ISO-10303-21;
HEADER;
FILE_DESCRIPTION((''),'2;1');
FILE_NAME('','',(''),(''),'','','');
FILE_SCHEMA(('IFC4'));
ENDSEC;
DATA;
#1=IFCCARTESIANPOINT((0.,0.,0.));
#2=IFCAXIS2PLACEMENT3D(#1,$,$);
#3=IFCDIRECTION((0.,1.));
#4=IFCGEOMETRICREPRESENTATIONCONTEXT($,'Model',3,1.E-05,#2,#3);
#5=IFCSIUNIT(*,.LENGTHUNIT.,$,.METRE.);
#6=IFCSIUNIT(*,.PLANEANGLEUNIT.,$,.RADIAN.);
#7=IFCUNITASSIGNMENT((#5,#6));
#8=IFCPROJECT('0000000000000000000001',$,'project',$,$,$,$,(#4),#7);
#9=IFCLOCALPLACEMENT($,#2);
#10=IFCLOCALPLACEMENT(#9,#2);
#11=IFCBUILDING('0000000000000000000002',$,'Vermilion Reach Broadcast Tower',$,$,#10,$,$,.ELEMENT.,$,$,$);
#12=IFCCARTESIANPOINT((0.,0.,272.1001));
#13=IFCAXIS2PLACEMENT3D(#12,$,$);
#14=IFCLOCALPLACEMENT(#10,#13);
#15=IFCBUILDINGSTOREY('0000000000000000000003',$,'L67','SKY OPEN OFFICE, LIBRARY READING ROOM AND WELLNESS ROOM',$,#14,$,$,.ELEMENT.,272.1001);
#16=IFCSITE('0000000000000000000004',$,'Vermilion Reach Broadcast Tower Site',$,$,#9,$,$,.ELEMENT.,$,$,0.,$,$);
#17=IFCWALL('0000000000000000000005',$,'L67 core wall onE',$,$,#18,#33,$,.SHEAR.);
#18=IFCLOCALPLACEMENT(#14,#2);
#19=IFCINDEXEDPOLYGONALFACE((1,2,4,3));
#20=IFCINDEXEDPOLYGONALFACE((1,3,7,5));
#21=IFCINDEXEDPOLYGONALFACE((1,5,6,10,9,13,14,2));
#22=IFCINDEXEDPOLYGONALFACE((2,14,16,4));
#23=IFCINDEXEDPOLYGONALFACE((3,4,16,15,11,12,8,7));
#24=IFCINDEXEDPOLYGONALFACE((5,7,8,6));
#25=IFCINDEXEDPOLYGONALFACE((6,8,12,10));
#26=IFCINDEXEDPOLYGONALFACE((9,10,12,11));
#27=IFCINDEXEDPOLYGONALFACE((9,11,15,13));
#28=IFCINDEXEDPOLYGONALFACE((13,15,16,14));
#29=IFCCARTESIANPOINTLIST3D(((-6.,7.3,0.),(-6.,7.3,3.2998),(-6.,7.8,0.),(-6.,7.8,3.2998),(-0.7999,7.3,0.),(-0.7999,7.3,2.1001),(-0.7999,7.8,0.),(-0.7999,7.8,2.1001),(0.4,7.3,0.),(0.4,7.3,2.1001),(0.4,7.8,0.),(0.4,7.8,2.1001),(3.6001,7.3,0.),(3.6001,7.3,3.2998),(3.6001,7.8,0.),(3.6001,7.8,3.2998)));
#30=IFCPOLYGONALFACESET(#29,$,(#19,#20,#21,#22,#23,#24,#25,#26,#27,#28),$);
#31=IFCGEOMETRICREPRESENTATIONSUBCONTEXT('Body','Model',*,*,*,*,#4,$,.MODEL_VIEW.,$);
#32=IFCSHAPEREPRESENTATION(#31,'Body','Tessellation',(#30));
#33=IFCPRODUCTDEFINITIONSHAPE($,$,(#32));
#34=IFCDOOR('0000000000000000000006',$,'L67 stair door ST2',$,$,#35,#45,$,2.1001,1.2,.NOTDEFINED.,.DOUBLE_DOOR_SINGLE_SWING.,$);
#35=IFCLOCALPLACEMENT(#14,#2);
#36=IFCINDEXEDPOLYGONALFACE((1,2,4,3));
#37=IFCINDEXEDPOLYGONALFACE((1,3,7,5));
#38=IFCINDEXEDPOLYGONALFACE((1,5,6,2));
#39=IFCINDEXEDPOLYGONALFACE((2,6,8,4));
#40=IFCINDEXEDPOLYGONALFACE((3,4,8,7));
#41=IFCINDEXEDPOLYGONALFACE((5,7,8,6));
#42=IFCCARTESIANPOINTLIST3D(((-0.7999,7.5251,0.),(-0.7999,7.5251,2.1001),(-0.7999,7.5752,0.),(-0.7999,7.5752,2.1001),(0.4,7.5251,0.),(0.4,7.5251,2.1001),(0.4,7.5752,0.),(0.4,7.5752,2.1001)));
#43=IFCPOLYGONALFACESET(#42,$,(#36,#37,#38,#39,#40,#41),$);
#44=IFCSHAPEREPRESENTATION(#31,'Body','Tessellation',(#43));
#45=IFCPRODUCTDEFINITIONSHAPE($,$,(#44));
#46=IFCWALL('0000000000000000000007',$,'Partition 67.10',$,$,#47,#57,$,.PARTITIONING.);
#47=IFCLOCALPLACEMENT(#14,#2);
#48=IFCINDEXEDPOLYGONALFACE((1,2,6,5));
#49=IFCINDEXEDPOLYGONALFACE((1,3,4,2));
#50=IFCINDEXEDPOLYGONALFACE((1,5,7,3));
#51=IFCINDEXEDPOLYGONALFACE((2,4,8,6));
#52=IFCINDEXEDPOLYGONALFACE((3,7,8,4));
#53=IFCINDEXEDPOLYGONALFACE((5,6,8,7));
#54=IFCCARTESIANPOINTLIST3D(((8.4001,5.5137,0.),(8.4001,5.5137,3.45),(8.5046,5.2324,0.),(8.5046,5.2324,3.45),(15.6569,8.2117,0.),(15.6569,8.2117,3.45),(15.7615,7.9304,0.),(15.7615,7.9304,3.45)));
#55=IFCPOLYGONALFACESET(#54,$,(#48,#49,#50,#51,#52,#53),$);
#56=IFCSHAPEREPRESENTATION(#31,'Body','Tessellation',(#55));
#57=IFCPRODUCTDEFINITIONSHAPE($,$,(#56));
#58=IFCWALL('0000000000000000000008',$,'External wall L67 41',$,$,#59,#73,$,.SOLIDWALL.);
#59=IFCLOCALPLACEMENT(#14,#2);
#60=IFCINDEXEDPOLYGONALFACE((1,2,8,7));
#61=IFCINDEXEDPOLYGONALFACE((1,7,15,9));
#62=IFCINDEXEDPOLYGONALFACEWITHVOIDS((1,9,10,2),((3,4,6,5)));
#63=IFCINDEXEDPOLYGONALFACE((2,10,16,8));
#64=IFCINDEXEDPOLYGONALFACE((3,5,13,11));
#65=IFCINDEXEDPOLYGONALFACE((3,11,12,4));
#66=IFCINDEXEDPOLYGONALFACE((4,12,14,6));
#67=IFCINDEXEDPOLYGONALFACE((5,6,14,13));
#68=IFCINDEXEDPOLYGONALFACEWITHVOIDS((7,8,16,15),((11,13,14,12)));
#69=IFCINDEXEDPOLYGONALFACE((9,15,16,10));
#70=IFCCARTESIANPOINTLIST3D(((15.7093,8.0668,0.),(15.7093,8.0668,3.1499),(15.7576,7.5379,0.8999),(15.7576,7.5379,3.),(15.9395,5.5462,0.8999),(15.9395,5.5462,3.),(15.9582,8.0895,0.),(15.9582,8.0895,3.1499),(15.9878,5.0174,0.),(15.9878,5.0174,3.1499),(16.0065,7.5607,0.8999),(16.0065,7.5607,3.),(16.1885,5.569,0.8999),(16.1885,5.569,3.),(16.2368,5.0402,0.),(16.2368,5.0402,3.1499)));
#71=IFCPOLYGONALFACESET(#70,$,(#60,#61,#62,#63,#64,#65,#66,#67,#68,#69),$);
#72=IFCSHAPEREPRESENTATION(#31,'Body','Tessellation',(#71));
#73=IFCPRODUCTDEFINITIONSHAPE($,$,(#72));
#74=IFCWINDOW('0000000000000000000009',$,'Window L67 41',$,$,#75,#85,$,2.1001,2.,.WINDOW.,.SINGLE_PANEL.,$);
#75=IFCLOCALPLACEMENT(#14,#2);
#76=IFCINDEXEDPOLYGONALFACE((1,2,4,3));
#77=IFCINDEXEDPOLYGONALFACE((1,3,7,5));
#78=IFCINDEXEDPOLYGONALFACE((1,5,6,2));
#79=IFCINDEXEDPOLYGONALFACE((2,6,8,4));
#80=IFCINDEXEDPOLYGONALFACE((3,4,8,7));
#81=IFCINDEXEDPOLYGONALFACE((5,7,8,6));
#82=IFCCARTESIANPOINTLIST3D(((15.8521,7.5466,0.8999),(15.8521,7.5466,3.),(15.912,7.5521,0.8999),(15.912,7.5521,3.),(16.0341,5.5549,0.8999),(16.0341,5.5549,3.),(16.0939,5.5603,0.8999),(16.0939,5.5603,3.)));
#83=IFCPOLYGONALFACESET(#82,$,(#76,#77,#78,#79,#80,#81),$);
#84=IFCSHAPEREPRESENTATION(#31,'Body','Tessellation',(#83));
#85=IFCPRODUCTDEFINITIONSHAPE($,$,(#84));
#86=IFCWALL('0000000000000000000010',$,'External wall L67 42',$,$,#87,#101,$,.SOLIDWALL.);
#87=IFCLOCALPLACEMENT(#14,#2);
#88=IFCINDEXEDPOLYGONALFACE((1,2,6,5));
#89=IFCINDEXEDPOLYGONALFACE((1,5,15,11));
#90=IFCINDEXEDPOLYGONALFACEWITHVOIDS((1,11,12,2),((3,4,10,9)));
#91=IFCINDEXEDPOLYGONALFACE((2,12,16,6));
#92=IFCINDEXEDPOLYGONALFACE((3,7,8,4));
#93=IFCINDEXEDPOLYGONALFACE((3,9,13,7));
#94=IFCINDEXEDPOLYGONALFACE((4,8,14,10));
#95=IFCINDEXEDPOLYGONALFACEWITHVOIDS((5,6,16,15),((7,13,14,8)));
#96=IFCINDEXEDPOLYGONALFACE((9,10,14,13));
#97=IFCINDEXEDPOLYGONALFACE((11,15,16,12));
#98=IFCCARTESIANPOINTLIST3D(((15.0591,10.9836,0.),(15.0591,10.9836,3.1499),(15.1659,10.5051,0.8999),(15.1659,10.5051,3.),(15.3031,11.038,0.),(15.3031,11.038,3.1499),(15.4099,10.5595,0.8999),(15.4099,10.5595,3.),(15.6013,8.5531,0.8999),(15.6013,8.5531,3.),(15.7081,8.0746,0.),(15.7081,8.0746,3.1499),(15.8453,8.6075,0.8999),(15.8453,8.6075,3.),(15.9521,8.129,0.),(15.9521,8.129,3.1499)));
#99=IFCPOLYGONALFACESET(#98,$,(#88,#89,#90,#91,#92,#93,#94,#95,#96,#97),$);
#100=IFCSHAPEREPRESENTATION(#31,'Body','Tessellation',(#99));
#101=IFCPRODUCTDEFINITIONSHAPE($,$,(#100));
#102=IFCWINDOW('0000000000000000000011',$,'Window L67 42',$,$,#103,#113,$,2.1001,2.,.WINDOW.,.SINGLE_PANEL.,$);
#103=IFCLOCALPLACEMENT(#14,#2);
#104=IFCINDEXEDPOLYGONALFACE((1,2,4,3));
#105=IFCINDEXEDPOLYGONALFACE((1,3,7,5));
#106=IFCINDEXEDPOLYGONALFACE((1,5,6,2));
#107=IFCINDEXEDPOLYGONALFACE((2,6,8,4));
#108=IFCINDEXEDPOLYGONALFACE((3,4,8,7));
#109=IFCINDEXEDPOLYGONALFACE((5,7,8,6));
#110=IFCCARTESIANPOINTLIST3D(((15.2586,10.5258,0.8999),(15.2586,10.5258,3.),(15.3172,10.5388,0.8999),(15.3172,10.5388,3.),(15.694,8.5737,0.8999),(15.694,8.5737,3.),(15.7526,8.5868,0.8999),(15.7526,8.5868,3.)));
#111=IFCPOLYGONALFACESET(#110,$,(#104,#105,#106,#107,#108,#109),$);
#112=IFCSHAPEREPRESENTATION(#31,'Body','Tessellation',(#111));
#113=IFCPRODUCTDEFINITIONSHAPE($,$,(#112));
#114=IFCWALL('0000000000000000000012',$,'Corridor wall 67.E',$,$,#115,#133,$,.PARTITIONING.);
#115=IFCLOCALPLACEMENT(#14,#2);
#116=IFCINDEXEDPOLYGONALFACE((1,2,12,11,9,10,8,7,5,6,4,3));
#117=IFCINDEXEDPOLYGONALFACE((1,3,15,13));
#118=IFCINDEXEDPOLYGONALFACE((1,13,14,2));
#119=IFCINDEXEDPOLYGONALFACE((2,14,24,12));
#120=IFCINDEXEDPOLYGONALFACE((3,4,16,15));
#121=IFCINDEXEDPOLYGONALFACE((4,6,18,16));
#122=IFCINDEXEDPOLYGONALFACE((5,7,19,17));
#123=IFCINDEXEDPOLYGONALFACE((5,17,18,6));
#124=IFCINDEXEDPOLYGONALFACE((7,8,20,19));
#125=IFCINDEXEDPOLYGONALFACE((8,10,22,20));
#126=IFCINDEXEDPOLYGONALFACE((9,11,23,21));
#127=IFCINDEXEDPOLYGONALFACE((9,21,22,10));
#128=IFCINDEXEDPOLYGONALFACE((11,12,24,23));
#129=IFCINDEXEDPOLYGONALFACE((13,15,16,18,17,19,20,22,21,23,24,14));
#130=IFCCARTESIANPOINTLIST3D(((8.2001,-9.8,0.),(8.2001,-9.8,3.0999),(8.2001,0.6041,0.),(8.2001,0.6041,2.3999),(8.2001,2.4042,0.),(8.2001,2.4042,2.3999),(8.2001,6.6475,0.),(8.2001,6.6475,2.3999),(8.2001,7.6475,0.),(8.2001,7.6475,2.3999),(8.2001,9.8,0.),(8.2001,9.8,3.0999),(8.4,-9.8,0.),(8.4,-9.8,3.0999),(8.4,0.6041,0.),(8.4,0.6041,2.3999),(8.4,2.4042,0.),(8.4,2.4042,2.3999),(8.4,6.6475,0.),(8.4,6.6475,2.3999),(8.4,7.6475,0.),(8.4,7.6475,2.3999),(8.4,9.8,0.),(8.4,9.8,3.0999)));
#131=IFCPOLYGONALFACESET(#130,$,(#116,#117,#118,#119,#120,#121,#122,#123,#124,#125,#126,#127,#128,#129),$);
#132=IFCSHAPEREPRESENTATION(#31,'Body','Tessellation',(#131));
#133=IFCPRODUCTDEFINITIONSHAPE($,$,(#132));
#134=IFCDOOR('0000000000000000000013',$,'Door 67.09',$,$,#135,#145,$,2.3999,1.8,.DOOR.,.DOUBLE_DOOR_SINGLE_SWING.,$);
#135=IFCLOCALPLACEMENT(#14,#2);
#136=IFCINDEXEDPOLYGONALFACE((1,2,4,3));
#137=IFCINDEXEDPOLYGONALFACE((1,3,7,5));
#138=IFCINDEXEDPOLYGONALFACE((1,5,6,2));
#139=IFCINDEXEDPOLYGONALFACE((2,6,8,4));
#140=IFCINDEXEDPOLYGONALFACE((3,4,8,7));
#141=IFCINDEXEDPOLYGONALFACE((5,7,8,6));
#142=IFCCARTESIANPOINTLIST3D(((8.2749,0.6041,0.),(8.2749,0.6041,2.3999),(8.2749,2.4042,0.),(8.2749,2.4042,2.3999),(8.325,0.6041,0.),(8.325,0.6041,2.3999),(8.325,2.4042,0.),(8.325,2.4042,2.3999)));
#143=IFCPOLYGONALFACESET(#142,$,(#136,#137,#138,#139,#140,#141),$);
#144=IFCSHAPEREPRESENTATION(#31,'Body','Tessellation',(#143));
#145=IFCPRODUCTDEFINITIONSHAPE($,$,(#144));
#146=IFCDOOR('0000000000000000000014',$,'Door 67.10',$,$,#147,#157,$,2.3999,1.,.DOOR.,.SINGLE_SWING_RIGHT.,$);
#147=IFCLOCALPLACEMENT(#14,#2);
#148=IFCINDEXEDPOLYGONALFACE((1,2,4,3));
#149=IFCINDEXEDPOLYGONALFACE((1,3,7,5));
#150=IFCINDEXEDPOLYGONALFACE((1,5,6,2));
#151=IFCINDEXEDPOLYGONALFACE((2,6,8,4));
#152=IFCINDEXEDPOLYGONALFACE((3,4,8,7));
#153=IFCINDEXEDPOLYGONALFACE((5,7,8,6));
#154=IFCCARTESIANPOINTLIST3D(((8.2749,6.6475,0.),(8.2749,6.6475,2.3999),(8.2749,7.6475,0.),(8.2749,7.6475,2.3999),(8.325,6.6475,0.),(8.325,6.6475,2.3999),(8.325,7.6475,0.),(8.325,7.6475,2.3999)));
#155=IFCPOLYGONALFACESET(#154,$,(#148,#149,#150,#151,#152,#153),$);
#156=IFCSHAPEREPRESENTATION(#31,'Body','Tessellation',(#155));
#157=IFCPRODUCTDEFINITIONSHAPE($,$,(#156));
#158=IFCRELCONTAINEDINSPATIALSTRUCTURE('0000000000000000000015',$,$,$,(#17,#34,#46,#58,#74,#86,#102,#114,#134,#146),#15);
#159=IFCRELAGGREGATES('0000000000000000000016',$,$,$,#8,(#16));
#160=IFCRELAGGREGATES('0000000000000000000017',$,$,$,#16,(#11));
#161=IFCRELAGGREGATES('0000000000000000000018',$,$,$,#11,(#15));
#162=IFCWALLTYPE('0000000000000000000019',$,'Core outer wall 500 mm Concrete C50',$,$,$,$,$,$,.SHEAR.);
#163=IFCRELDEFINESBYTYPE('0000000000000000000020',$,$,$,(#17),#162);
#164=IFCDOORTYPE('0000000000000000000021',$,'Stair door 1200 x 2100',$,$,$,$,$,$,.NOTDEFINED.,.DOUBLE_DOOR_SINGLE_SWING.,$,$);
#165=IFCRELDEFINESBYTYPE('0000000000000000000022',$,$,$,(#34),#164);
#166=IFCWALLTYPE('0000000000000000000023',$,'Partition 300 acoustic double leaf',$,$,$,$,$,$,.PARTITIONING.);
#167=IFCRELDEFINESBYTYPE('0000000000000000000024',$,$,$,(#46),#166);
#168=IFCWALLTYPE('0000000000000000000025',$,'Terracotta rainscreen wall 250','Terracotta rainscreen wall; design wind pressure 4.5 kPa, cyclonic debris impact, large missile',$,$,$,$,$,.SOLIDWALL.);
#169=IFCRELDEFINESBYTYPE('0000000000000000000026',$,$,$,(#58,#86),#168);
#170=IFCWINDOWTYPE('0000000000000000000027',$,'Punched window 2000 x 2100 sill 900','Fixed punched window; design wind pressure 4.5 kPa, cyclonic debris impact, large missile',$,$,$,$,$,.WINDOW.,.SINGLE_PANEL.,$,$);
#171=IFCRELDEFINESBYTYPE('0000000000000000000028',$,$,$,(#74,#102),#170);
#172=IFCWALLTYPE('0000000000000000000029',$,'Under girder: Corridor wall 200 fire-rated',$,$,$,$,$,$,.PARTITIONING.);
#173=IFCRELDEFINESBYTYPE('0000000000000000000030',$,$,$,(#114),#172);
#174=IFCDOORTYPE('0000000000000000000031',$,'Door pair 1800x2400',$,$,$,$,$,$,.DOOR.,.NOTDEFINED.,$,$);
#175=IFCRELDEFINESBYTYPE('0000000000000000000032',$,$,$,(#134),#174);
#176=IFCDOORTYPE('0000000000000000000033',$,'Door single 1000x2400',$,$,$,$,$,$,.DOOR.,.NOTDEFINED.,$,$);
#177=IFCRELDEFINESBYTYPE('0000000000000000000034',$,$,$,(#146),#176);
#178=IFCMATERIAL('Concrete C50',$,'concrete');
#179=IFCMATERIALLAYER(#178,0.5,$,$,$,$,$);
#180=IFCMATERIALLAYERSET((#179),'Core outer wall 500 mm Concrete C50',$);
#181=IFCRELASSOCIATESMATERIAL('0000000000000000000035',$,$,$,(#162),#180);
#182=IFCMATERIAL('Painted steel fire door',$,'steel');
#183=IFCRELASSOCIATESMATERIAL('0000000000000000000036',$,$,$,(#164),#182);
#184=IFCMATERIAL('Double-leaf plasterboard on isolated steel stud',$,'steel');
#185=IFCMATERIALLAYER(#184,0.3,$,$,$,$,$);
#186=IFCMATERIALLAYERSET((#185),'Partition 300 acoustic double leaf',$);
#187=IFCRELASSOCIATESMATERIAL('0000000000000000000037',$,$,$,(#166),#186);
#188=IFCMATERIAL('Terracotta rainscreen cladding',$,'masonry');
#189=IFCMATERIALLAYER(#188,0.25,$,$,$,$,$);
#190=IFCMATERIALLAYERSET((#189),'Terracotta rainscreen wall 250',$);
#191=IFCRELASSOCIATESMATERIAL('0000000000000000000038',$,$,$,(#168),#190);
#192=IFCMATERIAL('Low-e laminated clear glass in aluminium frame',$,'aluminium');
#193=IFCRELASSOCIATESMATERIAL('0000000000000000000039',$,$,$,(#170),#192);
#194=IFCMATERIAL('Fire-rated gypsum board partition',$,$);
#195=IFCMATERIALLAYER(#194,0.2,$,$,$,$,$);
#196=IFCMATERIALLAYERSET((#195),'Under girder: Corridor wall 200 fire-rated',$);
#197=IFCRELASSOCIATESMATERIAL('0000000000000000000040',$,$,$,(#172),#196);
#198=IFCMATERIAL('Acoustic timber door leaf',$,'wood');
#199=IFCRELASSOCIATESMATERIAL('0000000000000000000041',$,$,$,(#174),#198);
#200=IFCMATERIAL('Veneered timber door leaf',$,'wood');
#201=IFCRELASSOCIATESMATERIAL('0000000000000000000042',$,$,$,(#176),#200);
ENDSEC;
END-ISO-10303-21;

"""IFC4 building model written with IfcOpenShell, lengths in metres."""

from ifc_helpers import new_model, si_unit, direction, frame, frame_2d, origin, place, context, subcontext, project, spatial, rectangle, extrude, material, layer, layer_set, type_object, element, fill, save


model = new_model("IFC4")

# Units and contexts
model_context = context("Model", 3, precision=1e-05, world=origin(), true_north=direction((0.0, 1.0)))
body_context = subcontext(model_context, "Body", "Model", "MODEL_VIEW")
ifc_project = project(units=[si_unit("LENGTHUNIT", "METRE"), si_unit("PLANEANGLEUNIT", "RADIAN")], contexts=[model_context])

# Site, building, storey
site_placement = place(None, origin())
site = spatial("IfcSite", under=ifc_project, at=site_placement, Name="Vermilion Reach Broadcast Tower Site", CompositionType="ELEMENT", RefElevation=0.0)
building_placement = place(site_placement, origin())
building = spatial("IfcBuilding", under=site, at=building_placement, Name="Vermilion Reach Broadcast Tower", CompositionType="ELEMENT")
storey_placement = place(building_placement, frame((0.0, 0.0, 272.1001)))
storey = spatial("IfcBuildingStorey", under=building, at=storey_placement, Name="L67", Description="SKY OPEN OFFICE, LIBRARY READING ROOM AND WELLNESS ROOM", CompositionType="ELEMENT", Elevation=272.1001)

# Wall, opening, door
ifc_material_1 = material(Name="Concrete C50", Category="concrete")
ifc_layer_1 = layer(ifc_material_1, 0.5)
ifc_layer_set_1 = layer_set([ifc_layer_1], Name="Core outer wall 500 mm Concrete C50")
wall_type_1 = type_object("IfcWallType", Name="Core outer wall 500 mm Concrete C50", PredefinedType="SHEAR", material=ifc_layer_set_1)
wall_1_placement = place(storey_placement, frame((3.6001, 7.55, 0.0), z_axis=(0.0, 0.0, 1.0), x_axis=(-1.0, 0.0, 0.0)))
wall_1 = element("IfcWall", 1, at=wall_1_placement, inside=storey, type_object=wall_type_1, Name="L67 core wall onE", PredefinedType="SHEAR", context=body_context, shape_type="SweptSolid", body=[
    extrude(rectangle(XDim=9.6001, YDim=0.5, at=frame_2d((4.8, 0.0))), origin(), (0.0, 0.0, 1.0), 3.2998),
])
opening_1_placement = place(wall_1_placement, frame((3.2, 0.0, 0.0)))
opening_1 = element("IfcOpeningElement", 2, at=opening_1_placement, cuts=wall_1, PredefinedType="OPENING", context=body_context, shape_type="SweptSolid", body=[
    extrude(rectangle(XDim=1.2, YDim=2.1001, at=frame_2d((0.6001, 1.05))), frame((0.0, 0.26, 0.0), z_axis=(0.0, -1.0, 0.0), x_axis=(1.0, 0.0, 0.0)), (0.0, 0.0, 1.0), 0.52),
])
ifc_material_2 = material(Name="Painted steel fire door", Category="steel")
door_type_1 = type_object("IfcDoorType", Name="Stair door 1200 x 2100", OperationType="DOUBLE_DOOR_SINGLE_SWING", PredefinedType="NOTDEFINED", material=ifc_material_2)
door_1_placement = place(opening_1_placement, origin())
door_1 = element("IfcDoor", 3, at=door_1_placement, inside=storey, type_object=door_type_1, Name="L67 stair door ST2", OperationType="DOUBLE_DOOR_SINGLE_SWING", OverallHeight=2.1001, OverallWidth=1.2, PredefinedType="NOTDEFINED", context=body_context, shape_type="SweptSolid", body=[
    extrude(rectangle(XDim=1.2, YDim=2.1001, at=frame_2d((0.6001, 1.05))), frame((0.0, 0.0249, 0.0), z_axis=(0.0, -1.0, 0.0), x_axis=(1.0, 0.0, 0.0)), (0.0, 0.0, 1.0), 0.05),
])
fill(opening_1, door_1)

# Wall
ifc_material_3 = material(Name="Double-leaf plasterboard on isolated steel stud", Category="steel")
ifc_layer_2 = layer(ifc_material_3, 0.3)
ifc_layer_set_2 = layer_set([ifc_layer_2], Name="Partition 300 acoustic double leaf")
wall_type_2 = type_object("IfcWallType", Name="Partition 300 acoustic double leaf", PredefinedType="PARTITIONING", material=ifc_layer_set_2)
wall_2_placement = place(storey_placement, frame((15.7092, 8.071, 0.0), z_axis=(0.0, 0.0, 1.0), x_axis=(-0.937316, -0.348482, 0.0)))
element("IfcWall", 4, at=wall_2_placement, inside=storey, type_object=wall_type_2, Name="Partition 67.10", PredefinedType="PARTITIONING", context=body_context, shape_type="SweptSolid", body=[
    extrude(rectangle(XDim=7.7422, YDim=0.3, at=frame_2d((3.8711, 0.0))), origin(), (0.0, 0.0, 1.0), 3.45),
])

# Shared definitions
ifc_material_4 = material(Name="Terracotta rainscreen cladding", Category="masonry")
ifc_layer_3 = layer(ifc_material_4, 0.25)
ifc_layer_set_3 = layer_set([ifc_layer_3], Name="Terracotta rainscreen wall 250")
wall_type_3 = type_object("IfcWallType", Name="Terracotta rainscreen wall 250", Description="Terracotta rainscreen wall; design wind pressure 4.5 kPa, cyclonic debris impact, large missile", PredefinedType="SOLIDWALL", material=ifc_layer_set_3)

# Walls, openings, windows
wall_3_placement = place(storey_placement, frame((16.1123, 5.0288, 0.0), z_axis=(0.0, 0.0, 1.0), x_axis=(-0.090974, 0.995853, 0.0)))
wall_3 = element("IfcWall", 5, at=wall_3_placement, inside=storey, type_object=wall_type_3, Name="External wall L67 41", PredefinedType="SOLIDWALL", context=body_context, shape_type="SweptSolid", body=[
    extrude(rectangle(XDim=3.062, YDim=0.25, at=frame_2d((1.531, 0.0))), origin(), (0.0, 0.0, 1.0), 3.1499),
])
opening_2_placement = place(wall_3_placement, frame((0.531, 0.0, 0.8999)))
opening_2 = element("IfcOpeningElement", 6, at=opening_2_placement, cuts=wall_3, PredefinedType="OPENING", context=body_context, shape_type="SweptSolid", body=[
    extrude(rectangle(XDim=2.0, YDim=2.1001, at=frame_2d((1.0, 1.05))), frame((0.0, 0.135, 0.0), z_axis=(0.0, -1.0, 0.0), x_axis=(1.0, 0.0, 0.0)), (0.0, 0.0, 1.0), 0.27),
])
ifc_material_5 = material(Name="Low-e laminated clear glass in aluminium frame", Category="aluminium")
window_type = type_object("IfcWindowType", Name="Punched window 2000 x 2100 sill 900", Description="Fixed punched window; design wind pressure 4.5 kPa, cyclonic debris impact, large missile", PartitioningType="SINGLE_PANEL", PredefinedType="WINDOW", material=ifc_material_5)
window_1_placement = place(opening_2_placement, origin())
window_1 = element("IfcWindow", 7, at=window_1_placement, inside=storey, type_object=window_type, Name="Window L67 41", OverallHeight=2.1001, OverallWidth=2.0, PartitioningType="SINGLE_PANEL", PredefinedType="WINDOW", context=body_context, shape_type="SweptSolid", body=[
    extrude(rectangle(XDim=2.0, YDim=2.1001, at=frame_2d((1.0, 1.05))), frame((0.0, 0.03, 0.0), z_axis=(0.0, -1.0, 0.0), x_axis=(1.0, 0.0, 0.0)), (0.0, 0.0, 1.0), 0.0601),
])
fill(opening_2, window_1)
wall_4_placement = place(storey_placement, frame((15.8301, 8.1018, 0.0), z_axis=(0.0, 0.0, 1.0), x_axis=(-0.217728, 0.976009, 0.0)))
wall_4 = element("IfcWall", 8, at=wall_4_placement, inside=storey, type_object=wall_type_3, Name="External wall L67 42", PredefinedType="SOLIDWALL", context=body_context, shape_type="SweptSolid", body=[
    extrude(rectangle(XDim=2.9805, YDim=0.25, at=frame_2d((1.4902, 0.0))), origin(), (0.0, 0.0, 1.0), 3.1499),
])
opening_3_placement = place(wall_4_placement, frame((0.4902, 0.0, 0.8999)))
opening_3 = element("IfcOpeningElement", 9, at=opening_3_placement, cuts=wall_4, PredefinedType="OPENING", context=body_context, shape_type="SweptSolid", body=[
    extrude(rectangle(XDim=2.0, YDim=2.1001, at=frame_2d((1.0, 1.05))), frame((0.0, 0.135, 0.0), z_axis=(0.0, -1.0, 0.0), x_axis=(1.0, 0.0, 0.0)), (0.0, 0.0, 1.0), 0.27),
])
window_2_placement = place(opening_3_placement, origin())
window_2 = element("IfcWindow", 10, at=window_2_placement, inside=storey, type_object=window_type, Name="Window L67 42", OverallHeight=2.1001, OverallWidth=2.0, PartitioningType="SINGLE_PANEL", PredefinedType="WINDOW", context=body_context, shape_type="SweptSolid", body=[
    extrude(rectangle(XDim=2.0, YDim=2.1001, at=frame_2d((1.0, 1.05))), frame((0.0, 0.03, 0.0), z_axis=(0.0, -1.0, 0.0), x_axis=(1.0, 0.0, 0.0)), (0.0, 0.0, 1.0), 0.0601),
])
fill(opening_3, window_2)

# Wall, openings, doors
ifc_material_6 = material(Name="Fire-rated gypsum board partition")
ifc_layer_4 = layer(ifc_material_6, 0.2)
ifc_layer_set_4 = layer_set([ifc_layer_4], Name="Under girder: Corridor wall 200 fire-rated")
wall_type_4 = type_object("IfcWallType", Name="Under girder: Corridor wall 200 fire-rated", PredefinedType="PARTITIONING", material=ifc_layer_set_4)
wall_5_placement = place(storey_placement, frame((8.3, 9.8, 0.0), z_axis=(0.0, 0.0, 1.0), x_axis=(0.0, -1.0, 0.0)))
wall_5 = element("IfcWall", 11, at=wall_5_placement, inside=storey, type_object=wall_type_4, Name="Corridor wall 67.E", PredefinedType="PARTITIONING", context=body_context, shape_type="SweptSolid", body=[
    extrude(rectangle(XDim=19.6001, YDim=0.2, at=frame_2d((9.8, 0.0))), origin(), (0.0, 0.0, 1.0), 3.0999),
])
opening_4_placement = place(wall_5_placement, frame((7.396, 0.0, 0.0)))
opening_4 = element("IfcOpeningElement", 12, at=opening_4_placement, cuts=wall_5, PredefinedType="OPENING", context=body_context, shape_type="SweptSolid", body=[
    extrude(rectangle(XDim=1.8, YDim=2.3999, at=frame_2d((0.8999, 1.2))), frame((0.0, 0.1099, 0.0), z_axis=(0.0, -1.0, 0.0), x_axis=(1.0, 0.0, 0.0)), (0.0, 0.0, 1.0), 0.22),
])
opening_5_placement = place(wall_5_placement, frame((2.1526, 0.0, 0.0)))
opening_5 = element("IfcOpeningElement", 13, at=opening_5_placement, cuts=wall_5, PredefinedType="OPENING", context=body_context, shape_type="SweptSolid", body=[
    extrude(rectangle(XDim=1.0, YDim=2.3999, at=frame_2d((0.5, 1.2))), frame((0.0, 0.1099, 0.0), z_axis=(0.0, -1.0, 0.0), x_axis=(1.0, 0.0, 0.0)), (0.0, 0.0, 1.0), 0.22),
])
ifc_material_7 = material(Name="Acoustic timber door leaf", Category="wood")
door_type_2 = type_object("IfcDoorType", Name="Door pair 1800x2400", OperationType="NOTDEFINED", PredefinedType="DOOR", material=ifc_material_7)
door_2_placement = place(opening_4_placement, origin())
door_2 = element("IfcDoor", 14, at=door_2_placement, inside=storey, type_object=door_type_2, Name="Door 67.09", OperationType="DOUBLE_DOOR_SINGLE_SWING", OverallHeight=2.3999, OverallWidth=1.8, PredefinedType="DOOR", context=body_context, shape_type="SweptSolid", body=[
    extrude(rectangle(XDim=1.8, YDim=2.3999, at=frame_2d((0.8999, 1.2))), frame((0.0, 0.0249, 0.0), z_axis=(0.0, -1.0, 0.0), x_axis=(1.0, 0.0, 0.0)), (0.0, 0.0, 1.0), 0.05),
])
fill(opening_4, door_2)
ifc_material_8 = material(Name="Veneered timber door leaf", Category="wood")
door_type_3 = type_object("IfcDoorType", Name="Door single 1000x2400", OperationType="NOTDEFINED", PredefinedType="DOOR", material=ifc_material_8)
door_3_placement = place(opening_5_placement, origin())
door_3 = element("IfcDoor", 15, at=door_3_placement, inside=storey, type_object=door_type_3, Name="Door 67.10", OperationType="SINGLE_SWING_RIGHT", OverallHeight=2.3999, OverallWidth=1.0, PredefinedType="DOOR", context=body_context, shape_type="SweptSolid", body=[
    extrude(rectangle(XDim=1.0, YDim=2.3999, at=frame_2d((0.5, 1.2))), frame((0.0, 0.0249, 0.0), z_axis=(0.0, -1.0, 0.0), x_axis=(1.0, 0.0, 0.0)), (0.0, 0.0, 1.0), 0.05),
])
fill(opening_5, door_3)

save(model, "model.ifc")
